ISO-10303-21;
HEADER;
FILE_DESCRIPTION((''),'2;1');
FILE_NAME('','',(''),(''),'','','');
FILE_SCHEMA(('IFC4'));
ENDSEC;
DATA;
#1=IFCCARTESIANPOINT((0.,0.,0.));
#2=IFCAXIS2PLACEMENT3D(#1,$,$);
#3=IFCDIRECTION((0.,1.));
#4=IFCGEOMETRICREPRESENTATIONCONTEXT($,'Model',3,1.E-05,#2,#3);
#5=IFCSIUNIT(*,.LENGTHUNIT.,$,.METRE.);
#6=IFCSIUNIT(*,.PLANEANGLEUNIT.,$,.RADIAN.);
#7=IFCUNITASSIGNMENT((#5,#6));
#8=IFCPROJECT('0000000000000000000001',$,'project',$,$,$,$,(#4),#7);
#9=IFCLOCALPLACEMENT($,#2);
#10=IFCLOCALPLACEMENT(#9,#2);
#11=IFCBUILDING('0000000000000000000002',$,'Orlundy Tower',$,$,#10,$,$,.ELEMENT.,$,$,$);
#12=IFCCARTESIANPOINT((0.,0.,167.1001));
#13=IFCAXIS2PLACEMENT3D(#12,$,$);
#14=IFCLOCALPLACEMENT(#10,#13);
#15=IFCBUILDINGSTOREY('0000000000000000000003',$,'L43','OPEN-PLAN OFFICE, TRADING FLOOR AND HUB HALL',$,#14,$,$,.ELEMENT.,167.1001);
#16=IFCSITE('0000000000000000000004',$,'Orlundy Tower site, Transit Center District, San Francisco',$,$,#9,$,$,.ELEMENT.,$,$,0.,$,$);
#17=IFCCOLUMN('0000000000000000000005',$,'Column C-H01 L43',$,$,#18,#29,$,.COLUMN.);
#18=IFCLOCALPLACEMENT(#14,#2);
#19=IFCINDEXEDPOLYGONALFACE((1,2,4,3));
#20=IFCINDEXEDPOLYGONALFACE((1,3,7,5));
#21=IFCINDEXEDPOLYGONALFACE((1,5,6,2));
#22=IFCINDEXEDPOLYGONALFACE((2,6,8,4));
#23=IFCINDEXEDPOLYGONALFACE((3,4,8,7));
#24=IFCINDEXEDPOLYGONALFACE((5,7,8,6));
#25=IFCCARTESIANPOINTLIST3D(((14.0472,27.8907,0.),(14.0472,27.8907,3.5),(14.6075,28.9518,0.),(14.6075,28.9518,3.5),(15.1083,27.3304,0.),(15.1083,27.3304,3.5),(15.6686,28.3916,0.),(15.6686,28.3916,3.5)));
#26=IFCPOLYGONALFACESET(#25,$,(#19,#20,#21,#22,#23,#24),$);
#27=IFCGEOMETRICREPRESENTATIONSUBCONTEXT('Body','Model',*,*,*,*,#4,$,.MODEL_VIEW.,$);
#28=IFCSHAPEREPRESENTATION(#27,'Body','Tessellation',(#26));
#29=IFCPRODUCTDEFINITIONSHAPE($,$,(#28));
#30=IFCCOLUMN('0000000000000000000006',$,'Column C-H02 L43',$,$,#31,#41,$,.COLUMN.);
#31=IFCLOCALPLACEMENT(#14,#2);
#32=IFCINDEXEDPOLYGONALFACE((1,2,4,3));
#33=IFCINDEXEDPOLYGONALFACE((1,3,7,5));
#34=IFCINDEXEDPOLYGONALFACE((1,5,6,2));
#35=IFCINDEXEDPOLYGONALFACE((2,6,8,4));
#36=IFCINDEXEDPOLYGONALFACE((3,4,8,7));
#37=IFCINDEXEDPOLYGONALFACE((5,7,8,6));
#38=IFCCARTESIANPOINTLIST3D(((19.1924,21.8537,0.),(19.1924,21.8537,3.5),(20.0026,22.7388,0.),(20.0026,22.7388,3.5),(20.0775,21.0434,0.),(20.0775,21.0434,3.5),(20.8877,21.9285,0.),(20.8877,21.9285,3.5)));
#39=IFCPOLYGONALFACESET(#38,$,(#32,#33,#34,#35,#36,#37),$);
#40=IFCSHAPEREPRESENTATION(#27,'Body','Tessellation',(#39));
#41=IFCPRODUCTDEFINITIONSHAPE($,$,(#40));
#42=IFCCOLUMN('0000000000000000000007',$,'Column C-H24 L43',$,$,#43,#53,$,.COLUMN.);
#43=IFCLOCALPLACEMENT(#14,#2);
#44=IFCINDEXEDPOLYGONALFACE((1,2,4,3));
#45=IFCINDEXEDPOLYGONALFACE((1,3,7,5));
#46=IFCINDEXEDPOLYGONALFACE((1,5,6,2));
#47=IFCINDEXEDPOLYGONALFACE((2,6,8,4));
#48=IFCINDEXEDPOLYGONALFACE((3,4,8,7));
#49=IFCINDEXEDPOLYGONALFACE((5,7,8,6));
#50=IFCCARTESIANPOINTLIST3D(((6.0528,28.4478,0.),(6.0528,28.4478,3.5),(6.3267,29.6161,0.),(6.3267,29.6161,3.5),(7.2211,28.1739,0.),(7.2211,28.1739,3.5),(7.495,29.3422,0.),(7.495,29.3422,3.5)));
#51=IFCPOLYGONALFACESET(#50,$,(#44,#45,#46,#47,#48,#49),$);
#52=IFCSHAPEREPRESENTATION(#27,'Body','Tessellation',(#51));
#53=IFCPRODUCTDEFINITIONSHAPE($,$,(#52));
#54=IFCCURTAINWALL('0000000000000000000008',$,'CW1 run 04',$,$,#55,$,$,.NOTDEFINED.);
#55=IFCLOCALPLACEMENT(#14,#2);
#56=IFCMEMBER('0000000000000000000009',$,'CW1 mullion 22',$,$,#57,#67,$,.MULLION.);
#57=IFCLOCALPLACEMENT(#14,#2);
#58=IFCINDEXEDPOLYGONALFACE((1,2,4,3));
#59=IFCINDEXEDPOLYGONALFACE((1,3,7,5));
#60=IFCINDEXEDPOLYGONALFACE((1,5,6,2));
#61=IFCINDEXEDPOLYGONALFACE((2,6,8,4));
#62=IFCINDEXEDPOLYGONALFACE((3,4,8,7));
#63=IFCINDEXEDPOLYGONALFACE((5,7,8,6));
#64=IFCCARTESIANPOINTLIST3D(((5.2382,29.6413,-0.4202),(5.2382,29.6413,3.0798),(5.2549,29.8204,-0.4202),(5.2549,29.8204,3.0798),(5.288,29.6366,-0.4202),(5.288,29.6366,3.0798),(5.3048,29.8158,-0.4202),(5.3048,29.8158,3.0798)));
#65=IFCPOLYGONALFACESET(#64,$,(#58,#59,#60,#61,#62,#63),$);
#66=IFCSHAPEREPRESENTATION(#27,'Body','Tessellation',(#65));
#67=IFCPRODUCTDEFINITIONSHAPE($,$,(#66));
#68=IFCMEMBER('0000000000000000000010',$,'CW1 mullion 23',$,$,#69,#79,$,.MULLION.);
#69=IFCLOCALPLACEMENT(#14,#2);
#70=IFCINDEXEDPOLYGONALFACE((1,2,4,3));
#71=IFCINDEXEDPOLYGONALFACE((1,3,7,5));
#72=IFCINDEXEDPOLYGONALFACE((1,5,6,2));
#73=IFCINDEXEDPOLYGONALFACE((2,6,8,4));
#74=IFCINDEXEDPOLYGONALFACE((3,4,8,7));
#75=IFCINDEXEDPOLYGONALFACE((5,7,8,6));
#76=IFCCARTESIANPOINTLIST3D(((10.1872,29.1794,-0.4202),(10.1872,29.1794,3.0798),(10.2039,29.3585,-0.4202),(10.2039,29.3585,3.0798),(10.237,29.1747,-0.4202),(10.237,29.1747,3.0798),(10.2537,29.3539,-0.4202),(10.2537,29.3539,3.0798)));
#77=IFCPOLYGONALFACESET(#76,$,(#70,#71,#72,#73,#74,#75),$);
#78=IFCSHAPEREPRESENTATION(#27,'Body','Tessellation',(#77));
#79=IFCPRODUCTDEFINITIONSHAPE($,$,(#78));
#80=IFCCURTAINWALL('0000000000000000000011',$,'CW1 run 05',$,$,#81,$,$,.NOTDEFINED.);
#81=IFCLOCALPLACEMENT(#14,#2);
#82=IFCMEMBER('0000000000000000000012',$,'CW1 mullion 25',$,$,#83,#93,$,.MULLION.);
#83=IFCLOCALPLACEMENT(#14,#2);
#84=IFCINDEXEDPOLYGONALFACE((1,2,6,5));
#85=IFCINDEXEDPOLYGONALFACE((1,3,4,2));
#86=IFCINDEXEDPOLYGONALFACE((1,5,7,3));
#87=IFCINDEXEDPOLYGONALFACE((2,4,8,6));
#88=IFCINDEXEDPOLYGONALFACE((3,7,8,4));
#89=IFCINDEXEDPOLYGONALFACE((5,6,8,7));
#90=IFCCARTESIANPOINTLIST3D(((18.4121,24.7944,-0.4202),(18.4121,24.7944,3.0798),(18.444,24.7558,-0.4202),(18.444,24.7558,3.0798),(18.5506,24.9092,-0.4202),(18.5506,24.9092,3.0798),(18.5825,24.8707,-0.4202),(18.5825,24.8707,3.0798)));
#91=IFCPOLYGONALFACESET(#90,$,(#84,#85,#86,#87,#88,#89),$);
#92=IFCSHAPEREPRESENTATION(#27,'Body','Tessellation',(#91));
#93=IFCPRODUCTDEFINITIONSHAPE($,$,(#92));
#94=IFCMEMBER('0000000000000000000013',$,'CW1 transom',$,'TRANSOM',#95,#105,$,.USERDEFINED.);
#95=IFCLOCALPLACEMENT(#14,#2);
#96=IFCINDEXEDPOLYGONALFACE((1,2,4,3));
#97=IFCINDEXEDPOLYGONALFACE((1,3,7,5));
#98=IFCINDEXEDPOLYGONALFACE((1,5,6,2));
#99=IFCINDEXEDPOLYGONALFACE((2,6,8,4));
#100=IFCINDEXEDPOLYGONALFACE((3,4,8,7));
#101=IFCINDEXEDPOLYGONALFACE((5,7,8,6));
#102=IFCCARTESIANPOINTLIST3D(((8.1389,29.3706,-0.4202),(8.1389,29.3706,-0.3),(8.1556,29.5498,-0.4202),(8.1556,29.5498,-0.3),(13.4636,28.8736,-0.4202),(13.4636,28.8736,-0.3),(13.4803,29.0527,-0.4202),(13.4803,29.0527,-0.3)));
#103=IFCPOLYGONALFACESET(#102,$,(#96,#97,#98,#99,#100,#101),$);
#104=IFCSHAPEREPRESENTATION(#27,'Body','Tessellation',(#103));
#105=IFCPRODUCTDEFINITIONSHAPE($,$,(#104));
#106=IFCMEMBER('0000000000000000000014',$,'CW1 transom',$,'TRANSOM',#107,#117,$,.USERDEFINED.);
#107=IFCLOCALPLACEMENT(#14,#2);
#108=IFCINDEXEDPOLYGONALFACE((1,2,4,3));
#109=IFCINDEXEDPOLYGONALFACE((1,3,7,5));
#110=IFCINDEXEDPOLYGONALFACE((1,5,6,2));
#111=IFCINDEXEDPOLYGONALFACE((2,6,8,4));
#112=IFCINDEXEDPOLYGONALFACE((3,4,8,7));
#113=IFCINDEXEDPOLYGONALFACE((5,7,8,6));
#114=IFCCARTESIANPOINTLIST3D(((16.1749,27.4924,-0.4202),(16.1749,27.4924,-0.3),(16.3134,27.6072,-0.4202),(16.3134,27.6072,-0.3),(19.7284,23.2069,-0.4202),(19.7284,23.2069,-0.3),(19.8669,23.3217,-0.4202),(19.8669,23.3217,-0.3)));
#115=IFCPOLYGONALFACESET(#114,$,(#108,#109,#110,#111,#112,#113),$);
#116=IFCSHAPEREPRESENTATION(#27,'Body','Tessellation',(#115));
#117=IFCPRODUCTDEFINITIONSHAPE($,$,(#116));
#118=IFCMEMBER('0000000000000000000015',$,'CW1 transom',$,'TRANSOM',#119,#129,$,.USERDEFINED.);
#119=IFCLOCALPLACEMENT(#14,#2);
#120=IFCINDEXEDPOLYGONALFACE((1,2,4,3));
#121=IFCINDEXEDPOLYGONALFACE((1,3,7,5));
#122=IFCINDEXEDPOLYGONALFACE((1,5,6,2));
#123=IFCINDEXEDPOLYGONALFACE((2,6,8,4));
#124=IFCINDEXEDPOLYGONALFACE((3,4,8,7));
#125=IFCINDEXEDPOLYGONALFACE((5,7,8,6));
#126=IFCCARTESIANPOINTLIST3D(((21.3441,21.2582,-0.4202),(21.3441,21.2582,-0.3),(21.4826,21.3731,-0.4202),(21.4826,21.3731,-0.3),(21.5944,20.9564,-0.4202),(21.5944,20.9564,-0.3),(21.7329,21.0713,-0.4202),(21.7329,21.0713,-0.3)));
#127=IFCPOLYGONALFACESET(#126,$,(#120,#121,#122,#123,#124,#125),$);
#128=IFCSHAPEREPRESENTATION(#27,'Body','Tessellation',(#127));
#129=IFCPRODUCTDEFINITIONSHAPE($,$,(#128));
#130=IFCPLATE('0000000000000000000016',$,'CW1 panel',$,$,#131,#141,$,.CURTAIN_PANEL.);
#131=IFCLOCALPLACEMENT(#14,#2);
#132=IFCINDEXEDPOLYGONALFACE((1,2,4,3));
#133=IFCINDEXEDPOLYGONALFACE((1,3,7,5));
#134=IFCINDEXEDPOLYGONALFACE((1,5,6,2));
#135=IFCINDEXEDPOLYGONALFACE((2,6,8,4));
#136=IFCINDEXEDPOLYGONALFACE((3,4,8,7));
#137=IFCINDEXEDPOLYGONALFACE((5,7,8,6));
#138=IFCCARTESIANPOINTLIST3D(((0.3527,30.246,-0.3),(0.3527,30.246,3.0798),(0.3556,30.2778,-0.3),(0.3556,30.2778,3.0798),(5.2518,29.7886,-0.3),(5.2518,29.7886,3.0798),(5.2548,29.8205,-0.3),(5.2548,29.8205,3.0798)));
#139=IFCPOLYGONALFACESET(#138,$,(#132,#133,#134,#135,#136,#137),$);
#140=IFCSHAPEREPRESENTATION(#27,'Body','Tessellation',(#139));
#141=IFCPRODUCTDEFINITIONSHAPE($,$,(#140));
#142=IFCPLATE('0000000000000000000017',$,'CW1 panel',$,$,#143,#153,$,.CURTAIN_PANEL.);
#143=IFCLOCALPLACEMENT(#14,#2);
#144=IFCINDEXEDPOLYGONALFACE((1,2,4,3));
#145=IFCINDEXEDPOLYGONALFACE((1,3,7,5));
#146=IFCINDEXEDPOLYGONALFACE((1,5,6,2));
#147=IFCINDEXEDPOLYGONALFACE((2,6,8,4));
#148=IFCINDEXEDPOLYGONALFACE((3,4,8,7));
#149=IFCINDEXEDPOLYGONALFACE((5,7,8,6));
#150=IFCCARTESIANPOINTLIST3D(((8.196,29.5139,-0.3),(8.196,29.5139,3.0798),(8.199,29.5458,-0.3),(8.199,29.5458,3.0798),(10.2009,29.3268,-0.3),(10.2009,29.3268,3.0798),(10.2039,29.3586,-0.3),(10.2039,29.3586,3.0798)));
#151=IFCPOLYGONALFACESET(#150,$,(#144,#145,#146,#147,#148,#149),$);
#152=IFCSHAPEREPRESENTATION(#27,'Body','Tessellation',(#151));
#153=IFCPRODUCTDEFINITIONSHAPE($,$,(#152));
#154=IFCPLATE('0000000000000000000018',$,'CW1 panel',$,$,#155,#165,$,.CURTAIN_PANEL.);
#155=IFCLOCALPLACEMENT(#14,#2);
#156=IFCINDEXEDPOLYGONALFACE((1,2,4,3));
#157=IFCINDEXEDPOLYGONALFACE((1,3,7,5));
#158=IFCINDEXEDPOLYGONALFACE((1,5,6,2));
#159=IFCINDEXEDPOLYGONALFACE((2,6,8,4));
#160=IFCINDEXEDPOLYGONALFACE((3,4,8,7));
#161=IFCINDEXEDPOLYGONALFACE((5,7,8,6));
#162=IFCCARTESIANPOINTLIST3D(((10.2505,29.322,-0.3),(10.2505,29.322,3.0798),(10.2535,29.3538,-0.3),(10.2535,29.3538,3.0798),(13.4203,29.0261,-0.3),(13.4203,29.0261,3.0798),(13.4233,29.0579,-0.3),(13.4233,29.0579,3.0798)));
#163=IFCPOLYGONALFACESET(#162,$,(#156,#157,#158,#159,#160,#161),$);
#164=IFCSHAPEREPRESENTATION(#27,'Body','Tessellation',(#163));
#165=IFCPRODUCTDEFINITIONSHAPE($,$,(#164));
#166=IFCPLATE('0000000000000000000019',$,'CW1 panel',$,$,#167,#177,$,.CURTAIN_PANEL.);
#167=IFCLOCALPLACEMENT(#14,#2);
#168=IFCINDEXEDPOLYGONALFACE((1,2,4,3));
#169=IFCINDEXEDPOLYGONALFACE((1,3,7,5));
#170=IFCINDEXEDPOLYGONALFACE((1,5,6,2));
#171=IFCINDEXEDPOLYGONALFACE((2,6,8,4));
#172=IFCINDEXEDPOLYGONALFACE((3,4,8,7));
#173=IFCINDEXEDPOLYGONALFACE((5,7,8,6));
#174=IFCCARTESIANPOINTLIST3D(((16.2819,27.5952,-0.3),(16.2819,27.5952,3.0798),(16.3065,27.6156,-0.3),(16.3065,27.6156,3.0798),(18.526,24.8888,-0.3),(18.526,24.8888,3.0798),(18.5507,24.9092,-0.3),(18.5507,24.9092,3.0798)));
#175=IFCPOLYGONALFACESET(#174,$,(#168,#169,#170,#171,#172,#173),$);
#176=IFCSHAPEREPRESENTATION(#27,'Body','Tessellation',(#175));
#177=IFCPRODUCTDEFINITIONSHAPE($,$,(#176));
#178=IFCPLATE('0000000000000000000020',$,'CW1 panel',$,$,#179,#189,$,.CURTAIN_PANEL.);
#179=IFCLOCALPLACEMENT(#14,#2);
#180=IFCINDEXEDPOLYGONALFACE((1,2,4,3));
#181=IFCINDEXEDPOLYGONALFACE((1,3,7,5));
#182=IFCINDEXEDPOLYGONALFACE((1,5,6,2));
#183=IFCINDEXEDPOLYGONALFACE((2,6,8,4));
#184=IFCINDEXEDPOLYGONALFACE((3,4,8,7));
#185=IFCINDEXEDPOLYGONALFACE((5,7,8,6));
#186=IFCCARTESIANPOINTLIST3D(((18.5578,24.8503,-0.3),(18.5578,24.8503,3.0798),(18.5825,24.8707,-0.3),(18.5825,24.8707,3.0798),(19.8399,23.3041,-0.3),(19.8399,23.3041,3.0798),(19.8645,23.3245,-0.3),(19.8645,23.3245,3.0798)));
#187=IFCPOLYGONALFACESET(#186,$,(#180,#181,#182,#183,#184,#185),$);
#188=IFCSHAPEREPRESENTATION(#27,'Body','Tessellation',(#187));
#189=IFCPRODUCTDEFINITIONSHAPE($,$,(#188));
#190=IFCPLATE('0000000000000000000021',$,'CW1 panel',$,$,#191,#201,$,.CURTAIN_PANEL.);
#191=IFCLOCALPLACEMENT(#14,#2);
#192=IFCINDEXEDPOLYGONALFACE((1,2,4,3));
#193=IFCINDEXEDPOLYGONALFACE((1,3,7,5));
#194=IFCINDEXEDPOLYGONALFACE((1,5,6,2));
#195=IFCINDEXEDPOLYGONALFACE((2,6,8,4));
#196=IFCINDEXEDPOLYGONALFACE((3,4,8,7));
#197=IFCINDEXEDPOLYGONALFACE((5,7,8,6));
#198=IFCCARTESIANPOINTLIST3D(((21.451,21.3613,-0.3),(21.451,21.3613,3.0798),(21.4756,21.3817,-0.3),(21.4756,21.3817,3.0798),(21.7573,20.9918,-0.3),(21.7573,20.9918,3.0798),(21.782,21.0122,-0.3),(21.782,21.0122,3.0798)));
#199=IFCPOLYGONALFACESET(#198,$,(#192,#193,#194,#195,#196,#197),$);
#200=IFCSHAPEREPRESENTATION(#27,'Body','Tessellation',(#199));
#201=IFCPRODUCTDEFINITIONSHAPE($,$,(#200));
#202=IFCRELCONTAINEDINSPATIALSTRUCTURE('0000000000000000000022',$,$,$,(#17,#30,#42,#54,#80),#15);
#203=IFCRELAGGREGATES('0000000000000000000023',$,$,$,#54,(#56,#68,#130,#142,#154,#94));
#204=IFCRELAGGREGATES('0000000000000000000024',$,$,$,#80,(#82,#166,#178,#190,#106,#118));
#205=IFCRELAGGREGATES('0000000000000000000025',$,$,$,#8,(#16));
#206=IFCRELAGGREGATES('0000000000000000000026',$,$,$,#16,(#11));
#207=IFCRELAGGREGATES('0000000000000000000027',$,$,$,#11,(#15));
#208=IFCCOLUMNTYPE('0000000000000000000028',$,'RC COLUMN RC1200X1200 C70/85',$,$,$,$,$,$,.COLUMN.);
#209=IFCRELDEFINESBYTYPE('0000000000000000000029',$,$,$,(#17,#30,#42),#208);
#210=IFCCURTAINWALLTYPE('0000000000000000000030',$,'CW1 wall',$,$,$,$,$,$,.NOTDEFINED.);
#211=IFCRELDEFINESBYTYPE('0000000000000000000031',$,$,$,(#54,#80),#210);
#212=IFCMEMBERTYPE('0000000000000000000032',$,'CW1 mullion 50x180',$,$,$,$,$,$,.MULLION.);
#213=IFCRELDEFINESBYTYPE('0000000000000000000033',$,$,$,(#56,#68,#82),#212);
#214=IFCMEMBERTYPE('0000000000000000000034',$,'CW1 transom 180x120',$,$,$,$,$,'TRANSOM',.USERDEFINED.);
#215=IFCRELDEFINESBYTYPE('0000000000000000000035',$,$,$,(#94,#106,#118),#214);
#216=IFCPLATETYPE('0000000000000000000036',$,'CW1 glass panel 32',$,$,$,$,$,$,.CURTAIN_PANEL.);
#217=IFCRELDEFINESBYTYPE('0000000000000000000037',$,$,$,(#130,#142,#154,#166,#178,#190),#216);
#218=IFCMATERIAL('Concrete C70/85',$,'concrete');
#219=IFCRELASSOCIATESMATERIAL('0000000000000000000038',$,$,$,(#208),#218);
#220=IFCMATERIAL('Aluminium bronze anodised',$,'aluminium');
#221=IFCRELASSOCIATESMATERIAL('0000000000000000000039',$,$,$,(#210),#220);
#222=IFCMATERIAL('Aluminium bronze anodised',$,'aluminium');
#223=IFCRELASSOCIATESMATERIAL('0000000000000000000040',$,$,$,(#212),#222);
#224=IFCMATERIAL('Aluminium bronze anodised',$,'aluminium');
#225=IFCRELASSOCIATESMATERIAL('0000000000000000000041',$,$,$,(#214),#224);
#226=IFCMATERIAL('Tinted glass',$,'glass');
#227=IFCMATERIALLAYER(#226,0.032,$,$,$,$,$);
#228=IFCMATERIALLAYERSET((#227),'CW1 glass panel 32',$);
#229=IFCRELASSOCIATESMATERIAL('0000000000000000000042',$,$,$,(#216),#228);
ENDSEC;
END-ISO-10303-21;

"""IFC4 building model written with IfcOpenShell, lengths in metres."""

from ifc_helpers import new_model, si_unit, direction, frame, origin, origin_2d, place, context, subcontext, project, spatial, rectangle, extrude, material, layer, layer_set, material_profile, profile_set, type_object, element, aggregate, save


model = new_model("IFC4")

# Units and contexts
model_context = context("Model", 3, precision=1e-05, world=origin(), true_north=direction((0.0, 1.0)))
body_context = subcontext(model_context, "Body", "Model", "MODEL_VIEW")
ifc_project = project(units=[si_unit("LENGTHUNIT", "METRE"), si_unit("PLANEANGLEUNIT", "RADIAN")], contexts=[model_context])

# Site, building, storey
site_placement = place(None, origin())
site = spatial("IfcSite", under=ifc_project, at=site_placement, Name="Orlundy Tower site, Transit Center District, San Francisco", CompositionType="ELEMENT", RefElevation=0.0)
building_placement = place(site_placement, origin())
building = spatial("IfcBuilding", under=site, at=building_placement, Name="Orlundy Tower", CompositionType="ELEMENT")
storey_placement = place(building_placement, frame((0.0, 0.0, 167.1001)))
storey = spatial("IfcBuildingStorey", under=building, at=storey_placement, Name="L43", Description="OPEN-PLAN OFFICE, TRADING FLOOR AND HUB HALL", CompositionType="ELEMENT", Elevation=167.1001)

# Columns
ifc_material_1 = material(Name="Concrete C70/85", Category="concrete")
ifc_material_profile_1 = material_profile(ifc_material_1, rectangle(XDim=1.2, YDim=1.2, at=origin_2d()), Name="RC1200X1200")
ifc_profile_set_1 = profile_set([ifc_material_profile_1], Name="Concrete C70/85")
column_type = type_object("IfcColumnType", Name="RC COLUMN RC1200X1200 C70/85", PredefinedType="COLUMN", material=ifc_profile_set_1)
for number, where, z_axis, x_axis, name in (
    (1, (14.8579, 28.1411, 0.0), (0.0, 0.0, 1.0), (0.466896, 0.884312, 0.0), "Column C-H01 L43"),
    (2, (20.04, 21.8911, 0.0), (0.0, 0.0, 1.0), (0.67523, 0.737607, 0.0), "Column C-H02 L43"),
    (3, (6.7739, 28.895, 0.0), (0.0, 0.0, 1.0), (0.228249, 0.973603, 0.0), "Column C-H24 L43"),
):
    element("IfcColumn", number, at=place(storey_placement, frame(where, z_axis=z_axis, x_axis=x_axis)), inside=storey, type_object=column_type, Name=name, PredefinedType="COLUMN", context=body_context, shape_type="SweptSolid", body=[
        extrude(rectangle(XDim=1.2, YDim=1.2, at=origin_2d()), origin(), (0.0, 0.0, 1.0), 3.5),
    ])

# Curtain wall, members
ifc_material_2 = material(Name="Aluminium bronze anodised", Category="aluminium")
curtain_wall_type = type_object("IfcCurtainWallType", Name="CW1 wall", PredefinedType="NOTDEFINED", material=ifc_material_2)
curtain_wall_1_placement = place(storey_placement, origin())
curtain_wall_1 = element("IfcCurtainWall", 4, at=curtain_wall_1_placement, inside=storey, type_object=curtain_wall_type, Name="CW1 run 04", PredefinedType="NOTDEFINED")
ifc_material_3 = material(Name="Aluminium bronze anodised", Category="aluminium")
ifc_material_profile_2 = material_profile(ifc_material_3, rectangle(XDim=0.1799, YDim=0.05, at=origin_2d()), Name="CW1 mullion 50x180")
ifc_profile_set_2 = profile_set([ifc_material_profile_2], Name="Aluminium bronze anodised")
member_type_1 = type_object("IfcMemberType", Name="CW1 mullion 50x180", PredefinedType="MULLION", material=ifc_profile_set_2)
member_1_placement = place(storey_placement, frame((5.2715, 29.7285, -0.4202), z_axis=(0.0, 0.0, 1.0), x_axis=(0.092948, 0.995671, 0.0)))
member_1 = element("IfcMember", 5, at=member_1_placement, type_object=member_type_1, Name="CW1 mullion 22", PredefinedType="MULLION", context=body_context, shape_type="SweptSolid", body=[
    extrude(rectangle(XDim=0.1799, YDim=0.05, at=origin_2d()), origin(), (0.0, 0.0, 1.0), 3.5),
])
member_2_placement = place(storey_placement, frame((10.2205, 29.2666, -0.4202), z_axis=(0.0, 0.0, 1.0), x_axis=(0.092948, 0.995671, 0.0)))
member_2 = element("IfcMember", 6, at=member_2_placement, type_object=member_type_1, Name="CW1 mullion 23", PredefinedType="MULLION", context=body_context, shape_type="SweptSolid", body=[
    extrude(rectangle(XDim=0.1799, YDim=0.05, at=origin_2d()), origin(), (0.0, 0.0, 1.0), 3.5),
])

# Curtain wall, member
curtain_wall_2_placement = place(storey_placement, origin())
curtain_wall_2 = element("IfcCurtainWall", 7, at=curtain_wall_2_placement, inside=storey, type_object=curtain_wall_type, Name="CW1 run 05", PredefinedType="NOTDEFINED")
member_3_placement = place(storey_placement, frame((18.4973, 24.8325, -0.4202), z_axis=(0.0, 0.0, 1.0), x_axis=(0.769788, 0.638299, 0.0)))
member_3 = element("IfcMember", 8, at=member_3_placement, type_object=member_type_1, Name="CW1 mullion 25", PredefinedType="MULLION", context=body_context, shape_type="SweptSolid", body=[
    extrude(rectangle(XDim=0.1799, YDim=0.05, at=origin_2d()), origin(), (0.0, 0.0, 1.0), 3.5),
])

# Members
ifc_material_4 = material(Name="Aluminium bronze anodised", Category="aluminium")
ifc_material_profile_3 = material_profile(ifc_material_4, rectangle(XDim=0.1799, YDim=0.1201, at=origin_2d()), Name="CW1 transom 180x120")
ifc_profile_set_3 = profile_set([ifc_material_profile_3], Name="Aluminium bronze anodised")
member_type_2 = type_object("IfcMemberType", Name="CW1 transom 180x120", ElementType="TRANSOM", PredefinedType="USERDEFINED", material=ifc_profile_set_3)
member_4_placement = place(storey_placement, frame((8.1472, 29.4602, -0.3601), z_axis=(0.995671, -0.092948, 0.0), x_axis=(0.092948, 0.995671, 0.0)))
member_4 = element("IfcMember", 9, at=member_4_placement, type_object=member_type_2, Name="CW1 transom", ObjectType="TRANSOM", PredefinedType="USERDEFINED", context=body_context, shape_type="SweptSolid", body=[
    extrude(rectangle(XDim=0.1799, YDim=0.1201, at=origin_2d()), origin(), (0.0, 0.0, 1.0), 5.3479),
])
member_5_placement = place(storey_placement, frame((16.2441, 27.5498, -0.3601), z_axis=(0.638306, -0.769783, 0.0), x_axis=(0.769783, 0.638306, 0.0)))
member_5 = element("IfcMember", 10, at=member_5_placement, type_object=member_type_2, Name="CW1 transom", ObjectType="TRANSOM", PredefinedType="USERDEFINED", context=body_context, shape_type="SweptSolid", body=[
    extrude(rectangle(XDim=0.1799, YDim=0.1201, at=origin_2d()), origin(), (0.0, 0.0, 1.0), 5.5671),
])
member_6_placement = place(storey_placement, frame((21.4133, 21.3157, -0.3601), z_axis=(0.638345, -0.76975, 0.0), x_axis=(0.76975, 0.638345, 0.0)))
member_6 = element("IfcMember", 11, at=member_6_placement, type_object=member_type_2, Name="CW1 transom", ObjectType="TRANSOM", PredefinedType="USERDEFINED", context=body_context, shape_type="SweptSolid", body=[
    extrude(rectangle(XDim=0.1799, YDim=0.1201, at=origin_2d()), origin(), (0.0, 0.0, 1.0), 0.3921),
])

# Plates
ifc_material_5 = material(Name="Tinted glass", Category="glass")
ifc_layer_1 = layer(ifc_material_5, 0.032)
ifc_layer_set_1 = layer_set([ifc_layer_1], Name="CW1 glass panel 32")
plate_type = type_object("IfcPlateType", Name="CW1 glass panel 32", PredefinedType="CURTAIN_PANEL", material=ifc_layer_set_1)
plate_1_placement = place(storey_placement, frame((2.8037, 30.0332, -0.3), z_axis=(0.0, 0.0, 1.0), x_axis=(0.995671, -0.092948, 0.0)))
plate_1 = element("IfcPlate", 12, at=plate_1_placement, type_object=plate_type, Name="CW1 panel", PredefinedType="CURTAIN_PANEL", context=body_context, shape_type="SweptSolid", body=[
    extrude(rectangle(XDim=4.9204, YDim=0.032, at=origin_2d()), origin(), (0.0, 0.0, 1.0), 3.3799),
])
plate_2_placement = place(storey_placement, frame((9.2, 29.4363, -0.3), z_axis=(0.0, 0.0, 1.0), x_axis=(0.995671, -0.092948, 0.0)))
plate_2 = element("IfcPlate", 13, at=plate_2_placement, type_object=plate_type, Name="CW1 panel", PredefinedType="CURTAIN_PANEL", context=body_context, shape_type="SweptSolid", body=[
    extrude(rectangle(XDim=2.0137, YDim=0.032, at=origin_2d()), origin(), (0.0, 0.0, 1.0), 3.3799),
])
plate_3_placement = place(storey_placement, frame((11.8369, 29.1899, -0.3), z_axis=(0.0, 0.0, 1.0), x_axis=(0.995671, -0.092948, 0.0)))
plate_3 = element("IfcPlate", 14, at=plate_3_placement, type_object=plate_type, Name="CW1 panel", PredefinedType="CURTAIN_PANEL", context=body_context, shape_type="SweptSolid", body=[
    extrude(rectangle(XDim=3.1836, YDim=0.032, at=origin_2d()), origin(), (0.0, 0.0, 1.0), 3.3799),
])
aggregate(curtain_wall_1, [member_1, member_2, plate_1, plate_2, plate_3, member_4])
plate_4_placement = place(storey_placement, frame((17.4163, 26.2522, -0.3), z_axis=(0.0, 0.0, 1.0), x_axis=(0.638299, -0.769788, 0.0)))
plate_4 = element("IfcPlate", 15, at=plate_4_placement, type_object=plate_type, Name="CW1 panel", PredefinedType="CURTAIN_PANEL", context=body_context, shape_type="SweptSolid", body=[
    extrude(rectangle(XDim=3.5159, YDim=0.032, at=origin_2d()), origin(), (0.0, 0.0, 1.0), 3.3799),
])
plate_5_placement = place(storey_placement, frame((19.2112, 24.0874, -0.3), z_axis=(0.0, 0.0, 1.0), x_axis=(0.638299, -0.769788, 0.0)))
plate_5 = element("IfcPlate", 16, at=plate_5_placement, type_object=plate_type, Name="CW1 panel", PredefinedType="CURTAIN_PANEL", context=body_context, shape_type="SweptSolid", body=[
    extrude(rectangle(XDim=2.0085, YDim=0.032, at=origin_2d()), origin(), (0.0, 0.0, 1.0), 3.3799),
])
plate_6_placement = place(storey_placement, frame((21.6165, 21.1868, -0.3), z_axis=(0.0, 0.0, 1.0), x_axis=(0.638299, -0.769788, 0.0)))
plate_6 = element("IfcPlate", 17, at=plate_6_placement, type_object=plate_type, Name="CW1 panel", PredefinedType="CURTAIN_PANEL", context=body_context, shape_type="SweptSolid", body=[
    extrude(rectangle(XDim=0.48, YDim=0.032, at=origin_2d()), origin(), (0.0, 0.0, 1.0), 3.3799),
])
aggregate(curtain_wall_2, [member_3, plate_4, plate_5, plate_6, member_5, member_6])

save(model, "model.ifc")
